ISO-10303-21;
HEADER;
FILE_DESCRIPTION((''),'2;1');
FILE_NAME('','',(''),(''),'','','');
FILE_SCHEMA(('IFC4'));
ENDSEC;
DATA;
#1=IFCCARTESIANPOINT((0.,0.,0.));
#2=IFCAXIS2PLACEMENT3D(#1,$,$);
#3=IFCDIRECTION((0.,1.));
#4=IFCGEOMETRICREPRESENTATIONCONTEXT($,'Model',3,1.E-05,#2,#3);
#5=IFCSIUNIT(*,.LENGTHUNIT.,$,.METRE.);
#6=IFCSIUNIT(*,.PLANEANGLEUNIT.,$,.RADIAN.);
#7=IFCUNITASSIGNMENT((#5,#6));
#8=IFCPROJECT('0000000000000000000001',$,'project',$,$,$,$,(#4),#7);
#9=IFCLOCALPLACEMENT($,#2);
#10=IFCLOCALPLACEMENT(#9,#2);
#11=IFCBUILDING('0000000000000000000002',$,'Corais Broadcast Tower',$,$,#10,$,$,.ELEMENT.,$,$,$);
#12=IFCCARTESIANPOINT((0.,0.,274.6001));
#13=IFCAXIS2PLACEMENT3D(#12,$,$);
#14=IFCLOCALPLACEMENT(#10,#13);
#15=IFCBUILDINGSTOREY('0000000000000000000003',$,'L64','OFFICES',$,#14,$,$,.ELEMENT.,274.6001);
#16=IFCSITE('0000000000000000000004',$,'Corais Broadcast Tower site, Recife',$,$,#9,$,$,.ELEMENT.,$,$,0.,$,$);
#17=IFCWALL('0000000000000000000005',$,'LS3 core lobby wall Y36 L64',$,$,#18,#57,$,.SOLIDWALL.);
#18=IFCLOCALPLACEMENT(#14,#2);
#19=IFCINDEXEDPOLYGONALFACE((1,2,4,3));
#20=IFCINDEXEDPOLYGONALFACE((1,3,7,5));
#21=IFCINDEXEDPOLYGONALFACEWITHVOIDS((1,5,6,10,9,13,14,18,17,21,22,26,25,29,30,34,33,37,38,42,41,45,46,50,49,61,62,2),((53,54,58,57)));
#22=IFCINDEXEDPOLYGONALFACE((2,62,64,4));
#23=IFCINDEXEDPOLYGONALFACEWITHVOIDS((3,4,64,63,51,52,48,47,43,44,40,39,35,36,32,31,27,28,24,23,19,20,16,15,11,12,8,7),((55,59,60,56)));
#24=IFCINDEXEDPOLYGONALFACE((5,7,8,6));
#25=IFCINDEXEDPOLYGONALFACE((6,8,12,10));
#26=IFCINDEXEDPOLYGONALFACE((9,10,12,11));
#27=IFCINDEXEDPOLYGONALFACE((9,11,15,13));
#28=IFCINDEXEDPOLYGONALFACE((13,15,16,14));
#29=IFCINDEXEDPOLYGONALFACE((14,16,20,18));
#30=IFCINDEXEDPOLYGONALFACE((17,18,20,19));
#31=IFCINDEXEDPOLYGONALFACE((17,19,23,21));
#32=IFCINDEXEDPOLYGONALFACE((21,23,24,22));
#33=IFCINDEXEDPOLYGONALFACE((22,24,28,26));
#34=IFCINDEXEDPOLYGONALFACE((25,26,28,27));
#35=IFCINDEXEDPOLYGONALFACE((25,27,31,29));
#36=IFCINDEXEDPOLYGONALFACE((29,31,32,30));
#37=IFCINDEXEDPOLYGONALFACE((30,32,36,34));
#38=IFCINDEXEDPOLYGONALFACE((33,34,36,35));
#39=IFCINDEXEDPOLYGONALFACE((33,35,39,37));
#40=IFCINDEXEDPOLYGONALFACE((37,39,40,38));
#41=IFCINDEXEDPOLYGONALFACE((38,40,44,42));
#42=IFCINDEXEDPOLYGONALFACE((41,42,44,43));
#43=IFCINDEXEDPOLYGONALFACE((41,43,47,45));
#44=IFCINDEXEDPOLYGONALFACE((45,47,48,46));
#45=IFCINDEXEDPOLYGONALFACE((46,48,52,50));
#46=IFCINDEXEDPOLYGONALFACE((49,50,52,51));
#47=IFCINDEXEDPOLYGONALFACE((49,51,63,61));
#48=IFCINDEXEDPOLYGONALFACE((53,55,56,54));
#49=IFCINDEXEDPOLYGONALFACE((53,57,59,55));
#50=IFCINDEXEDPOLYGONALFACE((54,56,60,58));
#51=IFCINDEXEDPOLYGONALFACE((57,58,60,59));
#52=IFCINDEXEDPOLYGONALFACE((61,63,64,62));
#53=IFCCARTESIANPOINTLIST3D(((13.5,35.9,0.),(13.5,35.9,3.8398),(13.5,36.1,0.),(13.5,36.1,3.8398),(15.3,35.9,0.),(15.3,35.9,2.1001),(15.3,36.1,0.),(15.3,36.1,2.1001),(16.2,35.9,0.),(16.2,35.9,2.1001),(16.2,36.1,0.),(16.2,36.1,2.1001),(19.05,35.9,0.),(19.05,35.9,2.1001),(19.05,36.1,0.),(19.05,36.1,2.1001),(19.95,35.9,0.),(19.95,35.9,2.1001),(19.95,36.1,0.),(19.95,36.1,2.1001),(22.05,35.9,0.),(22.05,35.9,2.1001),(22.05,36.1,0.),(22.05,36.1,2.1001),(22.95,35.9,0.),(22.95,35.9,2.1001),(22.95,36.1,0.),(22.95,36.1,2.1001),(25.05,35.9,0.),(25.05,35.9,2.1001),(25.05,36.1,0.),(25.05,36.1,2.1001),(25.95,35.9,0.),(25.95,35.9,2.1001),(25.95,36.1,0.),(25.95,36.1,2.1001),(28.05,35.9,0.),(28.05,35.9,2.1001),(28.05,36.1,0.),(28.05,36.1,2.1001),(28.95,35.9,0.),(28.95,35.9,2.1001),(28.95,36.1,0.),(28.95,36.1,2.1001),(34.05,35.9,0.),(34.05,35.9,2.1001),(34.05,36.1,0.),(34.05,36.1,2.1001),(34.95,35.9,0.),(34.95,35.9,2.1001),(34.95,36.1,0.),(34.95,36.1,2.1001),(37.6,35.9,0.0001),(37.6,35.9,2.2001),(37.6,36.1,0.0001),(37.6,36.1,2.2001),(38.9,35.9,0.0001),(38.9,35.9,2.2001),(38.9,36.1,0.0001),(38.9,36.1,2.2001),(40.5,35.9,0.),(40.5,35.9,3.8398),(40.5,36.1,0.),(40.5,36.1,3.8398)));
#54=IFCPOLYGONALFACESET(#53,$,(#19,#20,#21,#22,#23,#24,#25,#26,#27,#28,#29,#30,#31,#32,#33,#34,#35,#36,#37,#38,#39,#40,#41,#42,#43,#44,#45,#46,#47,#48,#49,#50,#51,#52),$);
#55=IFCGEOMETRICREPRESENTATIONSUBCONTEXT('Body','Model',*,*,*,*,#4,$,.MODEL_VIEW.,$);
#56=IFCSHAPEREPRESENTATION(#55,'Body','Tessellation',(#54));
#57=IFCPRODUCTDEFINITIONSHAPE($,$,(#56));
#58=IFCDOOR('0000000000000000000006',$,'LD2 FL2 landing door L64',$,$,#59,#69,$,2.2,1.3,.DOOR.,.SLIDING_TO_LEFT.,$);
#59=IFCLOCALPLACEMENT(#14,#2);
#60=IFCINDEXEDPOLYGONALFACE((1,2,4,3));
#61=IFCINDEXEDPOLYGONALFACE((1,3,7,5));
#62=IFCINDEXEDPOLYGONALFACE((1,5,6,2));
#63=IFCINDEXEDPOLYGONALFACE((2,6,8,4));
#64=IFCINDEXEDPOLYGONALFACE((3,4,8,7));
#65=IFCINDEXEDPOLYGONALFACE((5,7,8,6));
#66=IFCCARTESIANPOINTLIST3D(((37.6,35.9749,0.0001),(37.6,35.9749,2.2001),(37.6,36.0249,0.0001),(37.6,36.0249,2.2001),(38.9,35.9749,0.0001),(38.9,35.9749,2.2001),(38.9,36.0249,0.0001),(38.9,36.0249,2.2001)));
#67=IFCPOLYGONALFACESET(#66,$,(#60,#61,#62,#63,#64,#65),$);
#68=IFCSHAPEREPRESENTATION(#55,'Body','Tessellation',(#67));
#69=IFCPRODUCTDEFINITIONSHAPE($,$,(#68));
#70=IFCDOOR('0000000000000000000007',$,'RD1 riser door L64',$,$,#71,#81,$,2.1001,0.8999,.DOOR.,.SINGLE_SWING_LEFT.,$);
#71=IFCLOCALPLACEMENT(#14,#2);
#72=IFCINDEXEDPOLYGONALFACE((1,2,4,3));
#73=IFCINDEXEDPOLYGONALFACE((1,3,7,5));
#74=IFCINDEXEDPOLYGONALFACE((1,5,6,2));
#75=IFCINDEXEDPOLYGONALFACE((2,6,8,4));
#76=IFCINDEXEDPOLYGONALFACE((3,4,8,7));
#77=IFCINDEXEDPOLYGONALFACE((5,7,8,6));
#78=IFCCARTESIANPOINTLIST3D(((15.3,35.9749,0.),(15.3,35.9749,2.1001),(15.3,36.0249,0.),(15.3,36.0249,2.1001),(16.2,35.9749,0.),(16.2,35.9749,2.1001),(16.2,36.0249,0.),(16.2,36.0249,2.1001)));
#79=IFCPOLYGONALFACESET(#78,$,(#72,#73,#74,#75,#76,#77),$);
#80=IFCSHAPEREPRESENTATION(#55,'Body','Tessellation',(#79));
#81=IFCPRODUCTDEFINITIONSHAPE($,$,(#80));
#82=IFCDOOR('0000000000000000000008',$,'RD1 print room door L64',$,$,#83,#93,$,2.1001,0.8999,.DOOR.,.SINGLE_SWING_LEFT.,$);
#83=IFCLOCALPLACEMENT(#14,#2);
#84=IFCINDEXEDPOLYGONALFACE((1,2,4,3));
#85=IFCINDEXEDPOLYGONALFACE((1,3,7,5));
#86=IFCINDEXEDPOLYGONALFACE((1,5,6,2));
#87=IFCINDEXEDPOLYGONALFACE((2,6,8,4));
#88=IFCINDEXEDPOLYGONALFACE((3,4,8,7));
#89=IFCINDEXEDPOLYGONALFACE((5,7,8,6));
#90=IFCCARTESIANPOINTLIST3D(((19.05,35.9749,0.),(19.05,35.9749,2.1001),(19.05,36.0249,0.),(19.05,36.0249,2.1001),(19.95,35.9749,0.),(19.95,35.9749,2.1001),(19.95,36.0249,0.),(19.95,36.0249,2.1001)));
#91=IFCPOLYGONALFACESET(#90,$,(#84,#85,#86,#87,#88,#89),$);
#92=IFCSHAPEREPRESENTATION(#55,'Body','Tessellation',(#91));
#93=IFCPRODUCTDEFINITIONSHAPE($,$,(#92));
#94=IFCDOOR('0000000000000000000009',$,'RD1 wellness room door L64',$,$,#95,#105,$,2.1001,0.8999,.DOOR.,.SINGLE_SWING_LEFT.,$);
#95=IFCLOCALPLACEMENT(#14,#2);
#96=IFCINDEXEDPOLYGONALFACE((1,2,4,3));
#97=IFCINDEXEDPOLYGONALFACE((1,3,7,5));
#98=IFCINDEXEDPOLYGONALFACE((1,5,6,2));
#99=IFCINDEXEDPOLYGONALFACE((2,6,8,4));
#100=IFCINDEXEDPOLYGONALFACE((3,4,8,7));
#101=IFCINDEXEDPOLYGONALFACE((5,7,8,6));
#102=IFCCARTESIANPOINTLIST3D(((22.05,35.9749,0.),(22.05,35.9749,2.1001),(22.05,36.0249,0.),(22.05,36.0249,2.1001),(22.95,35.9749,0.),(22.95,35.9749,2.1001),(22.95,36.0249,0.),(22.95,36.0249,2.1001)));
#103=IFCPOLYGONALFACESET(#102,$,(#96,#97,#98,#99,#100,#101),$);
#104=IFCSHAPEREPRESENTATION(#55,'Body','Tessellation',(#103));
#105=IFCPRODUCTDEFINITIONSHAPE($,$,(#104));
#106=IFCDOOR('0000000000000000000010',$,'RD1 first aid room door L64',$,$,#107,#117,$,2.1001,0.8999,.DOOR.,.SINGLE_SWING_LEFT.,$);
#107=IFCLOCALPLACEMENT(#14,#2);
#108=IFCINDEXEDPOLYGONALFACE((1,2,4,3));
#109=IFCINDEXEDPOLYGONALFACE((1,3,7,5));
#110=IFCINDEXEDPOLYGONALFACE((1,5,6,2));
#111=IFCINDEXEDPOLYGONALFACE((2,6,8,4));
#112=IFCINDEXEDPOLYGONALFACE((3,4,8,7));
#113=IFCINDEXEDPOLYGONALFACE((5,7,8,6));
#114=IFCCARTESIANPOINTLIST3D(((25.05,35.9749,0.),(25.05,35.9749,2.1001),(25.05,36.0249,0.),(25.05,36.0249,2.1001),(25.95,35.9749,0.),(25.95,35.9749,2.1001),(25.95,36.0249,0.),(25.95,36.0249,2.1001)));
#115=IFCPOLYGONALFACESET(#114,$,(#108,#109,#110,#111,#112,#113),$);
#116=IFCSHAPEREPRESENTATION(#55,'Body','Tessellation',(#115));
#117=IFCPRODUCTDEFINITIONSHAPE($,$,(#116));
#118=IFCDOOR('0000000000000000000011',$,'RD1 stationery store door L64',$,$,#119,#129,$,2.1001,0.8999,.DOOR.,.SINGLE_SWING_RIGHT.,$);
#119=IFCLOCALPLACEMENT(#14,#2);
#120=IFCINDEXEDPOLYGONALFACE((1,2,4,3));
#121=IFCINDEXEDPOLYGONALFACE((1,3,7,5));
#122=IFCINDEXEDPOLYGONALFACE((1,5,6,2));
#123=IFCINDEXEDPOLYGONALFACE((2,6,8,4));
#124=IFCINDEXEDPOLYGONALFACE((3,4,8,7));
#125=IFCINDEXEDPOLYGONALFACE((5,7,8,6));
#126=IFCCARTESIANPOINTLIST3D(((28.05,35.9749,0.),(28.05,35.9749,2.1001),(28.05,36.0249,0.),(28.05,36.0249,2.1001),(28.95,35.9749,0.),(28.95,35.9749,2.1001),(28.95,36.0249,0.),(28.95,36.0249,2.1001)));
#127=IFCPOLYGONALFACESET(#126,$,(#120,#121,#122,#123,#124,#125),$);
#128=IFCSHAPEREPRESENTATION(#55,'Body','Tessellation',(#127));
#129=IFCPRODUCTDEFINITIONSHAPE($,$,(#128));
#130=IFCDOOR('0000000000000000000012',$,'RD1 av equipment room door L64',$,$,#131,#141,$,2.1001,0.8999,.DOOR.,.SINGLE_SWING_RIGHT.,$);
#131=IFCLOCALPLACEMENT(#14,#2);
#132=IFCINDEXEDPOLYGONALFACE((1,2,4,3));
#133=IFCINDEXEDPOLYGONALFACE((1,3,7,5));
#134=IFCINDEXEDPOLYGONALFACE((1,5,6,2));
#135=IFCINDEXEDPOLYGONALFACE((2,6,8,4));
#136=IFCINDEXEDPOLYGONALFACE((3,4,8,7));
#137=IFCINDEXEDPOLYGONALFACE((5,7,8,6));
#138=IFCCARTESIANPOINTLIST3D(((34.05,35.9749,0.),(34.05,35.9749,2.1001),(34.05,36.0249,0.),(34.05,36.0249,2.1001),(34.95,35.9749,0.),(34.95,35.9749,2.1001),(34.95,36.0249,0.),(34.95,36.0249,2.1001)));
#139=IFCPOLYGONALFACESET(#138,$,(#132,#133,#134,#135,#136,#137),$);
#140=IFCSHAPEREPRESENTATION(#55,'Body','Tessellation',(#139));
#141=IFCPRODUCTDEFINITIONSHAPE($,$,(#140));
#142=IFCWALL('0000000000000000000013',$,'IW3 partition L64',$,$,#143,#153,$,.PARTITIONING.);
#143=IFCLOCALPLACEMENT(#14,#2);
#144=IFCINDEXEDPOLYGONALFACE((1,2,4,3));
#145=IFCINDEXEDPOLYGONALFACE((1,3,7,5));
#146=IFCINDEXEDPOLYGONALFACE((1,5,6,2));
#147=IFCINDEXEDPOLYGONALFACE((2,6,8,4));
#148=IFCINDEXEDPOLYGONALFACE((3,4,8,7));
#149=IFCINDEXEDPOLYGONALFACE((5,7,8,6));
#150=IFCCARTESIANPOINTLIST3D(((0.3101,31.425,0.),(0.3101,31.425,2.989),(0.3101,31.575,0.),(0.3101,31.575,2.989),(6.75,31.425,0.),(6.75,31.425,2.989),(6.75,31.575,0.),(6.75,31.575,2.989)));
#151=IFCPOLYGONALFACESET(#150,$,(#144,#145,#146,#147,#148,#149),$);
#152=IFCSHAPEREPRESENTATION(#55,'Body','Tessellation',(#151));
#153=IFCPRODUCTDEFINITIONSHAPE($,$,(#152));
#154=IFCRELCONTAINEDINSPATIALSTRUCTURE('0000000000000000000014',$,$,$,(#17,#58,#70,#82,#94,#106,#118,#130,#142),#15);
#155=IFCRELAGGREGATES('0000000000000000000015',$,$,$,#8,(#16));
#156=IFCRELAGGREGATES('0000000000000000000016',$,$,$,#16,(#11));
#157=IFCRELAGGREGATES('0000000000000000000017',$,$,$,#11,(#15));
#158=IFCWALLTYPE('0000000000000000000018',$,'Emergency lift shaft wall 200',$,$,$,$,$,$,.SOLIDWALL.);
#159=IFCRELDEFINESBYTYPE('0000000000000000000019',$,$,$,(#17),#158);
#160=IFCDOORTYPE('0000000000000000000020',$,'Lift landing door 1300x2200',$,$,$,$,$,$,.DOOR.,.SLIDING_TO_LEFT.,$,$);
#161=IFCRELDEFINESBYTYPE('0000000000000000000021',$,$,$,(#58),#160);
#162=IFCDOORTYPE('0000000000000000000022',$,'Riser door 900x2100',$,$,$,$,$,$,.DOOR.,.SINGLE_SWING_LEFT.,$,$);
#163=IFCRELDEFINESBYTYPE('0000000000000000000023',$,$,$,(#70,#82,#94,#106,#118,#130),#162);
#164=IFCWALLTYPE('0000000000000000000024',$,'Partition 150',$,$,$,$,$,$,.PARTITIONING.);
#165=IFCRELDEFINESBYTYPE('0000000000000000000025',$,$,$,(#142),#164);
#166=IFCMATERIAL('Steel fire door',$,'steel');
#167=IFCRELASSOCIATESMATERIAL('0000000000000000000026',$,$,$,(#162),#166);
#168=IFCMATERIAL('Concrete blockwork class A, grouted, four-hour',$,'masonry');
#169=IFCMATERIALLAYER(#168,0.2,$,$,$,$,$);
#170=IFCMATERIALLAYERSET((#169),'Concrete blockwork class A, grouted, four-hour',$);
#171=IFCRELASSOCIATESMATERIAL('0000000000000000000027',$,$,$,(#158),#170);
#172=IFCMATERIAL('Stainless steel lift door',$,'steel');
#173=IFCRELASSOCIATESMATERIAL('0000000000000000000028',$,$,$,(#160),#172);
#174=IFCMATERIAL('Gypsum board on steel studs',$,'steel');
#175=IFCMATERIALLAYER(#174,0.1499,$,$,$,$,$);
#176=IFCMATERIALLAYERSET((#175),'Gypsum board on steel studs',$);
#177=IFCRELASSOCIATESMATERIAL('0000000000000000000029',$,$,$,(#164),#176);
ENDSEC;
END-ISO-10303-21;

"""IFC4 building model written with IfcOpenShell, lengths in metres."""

from ifc_helpers import new_model, si_unit, direction, frame, frame_2d, origin, place, context, subcontext, project, spatial, rectangle, extrude, material, layer, layer_set, type_object, element, fill, save


model = new_model("IFC4")

# Units and contexts
model_context = context("Model", 3, precision=1e-05, world=origin(), true_north=direction((0.0, 1.0)))
body_context = subcontext(model_context, "Body", "Model", "MODEL_VIEW")
ifc_project = project(units=[si_unit("LENGTHUNIT", "METRE"), si_unit("PLANEANGLEUNIT", "RADIAN")], contexts=[model_context])

# Site, building, storey
site_placement = place(None, origin())
site = spatial("IfcSite", under=ifc_project, at=site_placement, Name="Corais Broadcast Tower site, Recife", CompositionType="ELEMENT", RefElevation=0.0)
building_placement = place(site_placement, origin())
building = spatial("IfcBuilding", under=site, at=building_placement, Name="Corais Broadcast Tower", CompositionType="ELEMENT")
storey_placement = place(building_placement, frame((0.0, 0.0, 274.6001)))
storey = spatial("IfcBuildingStorey", under=building, at=storey_placement, Name="L64", Description="OFFICES", CompositionType="ELEMENT", Elevation=274.6001)

# Wall, openings, doors
ifc_material_1 = material(Name="Steel fire door", Category="steel")
door_type_1 = type_object("IfcDoorType", Name="Riser door 900x2100", OperationType="SINGLE_SWING_LEFT", PredefinedType="DOOR", material=ifc_material_1)
ifc_material_2 = material(Name="Concrete blockwork class A, grouted, four-hour", Category="masonry")
ifc_layer_1 = layer(ifc_material_2, 0.2)
ifc_layer_set_1 = layer_set([ifc_layer_1], Name="Concrete blockwork class A, grouted, four-hour")
wall_type_1 = type_object("IfcWallType", Name="Emergency lift shaft wall 200", PredefinedType="SOLIDWALL", material=ifc_layer_set_1)
wall_1_placement = place(storey_placement, frame((13.5, 36.0, 0.0), z_axis=(0.0, 0.0, 1.0), x_axis=(1.0, 0.0, 0.0)))
wall_1 = element("IfcWall", 1, at=wall_1_placement, inside=storey, type_object=wall_type_1, Name="LS3 core lobby wall Y36 L64", PredefinedType="SOLIDWALL", context=body_context, shape_type="SweptSolid", body=[
    extrude(rectangle(XDim=27.0, YDim=0.2, at=frame_2d((13.5, 0.0))), origin(), (0.0, 0.0, 1.0), 3.8398),
])
opening_1_placement = place(wall_1_placement, frame((1.8, 0.0, 0.0)))
opening_1 = element("IfcOpeningElement", 2, at=opening_1_placement, cuts=wall_1, PredefinedType="OPENING", context=body_context, shape_type="SweptSolid", body=[
    extrude(rectangle(XDim=0.8999, YDim=2.1001, at=frame_2d((0.45, 1.05))), frame((0.0, 0.1099, 0.0), z_axis=(0.0, -1.0, 0.0), x_axis=(1.0, 0.0, 0.0)), (0.0, 0.0, 1.0), 0.22),
])
opening_2_placement = place(wall_1_placement, frame((5.55, 0.0, 0.0)))
opening_2 = element("IfcOpeningElement", 3, at=opening_2_placement, cuts=wall_1, PredefinedType="OPENING", context=body_context, shape_type="SweptSolid", body=[
    extrude(rectangle(XDim=0.8999, YDim=2.1001, at=frame_2d((0.45, 1.05))), frame((0.0, 0.1099, 0.0), z_axis=(0.0, -1.0, 0.0), x_axis=(1.0, 0.0, 0.0)), (0.0, 0.0, 1.0), 0.22),
])
opening_3_placement = place(wall_1_placement, frame((8.55, 0.0, 0.0)))
opening_3 = element("IfcOpeningElement", 4, at=opening_3_placement, cuts=wall_1, PredefinedType="OPENING", context=body_context, shape_type="SweptSolid", body=[
    extrude(rectangle(XDim=0.8999, YDim=2.1001, at=frame_2d((0.45, 1.05))), frame((0.0, 0.1099, 0.0), z_axis=(0.0, -1.0, 0.0), x_axis=(1.0, 0.0, 0.0)), (0.0, 0.0, 1.0), 0.22),
])
opening_4_placement = place(wall_1_placement, frame((11.55, 0.0, 0.0)))
opening_4 = element("IfcOpeningElement", 5, at=opening_4_placement, cuts=wall_1, PredefinedType="OPENING", context=body_context, shape_type="SweptSolid", body=[
    extrude(rectangle(XDim=0.8999, YDim=2.1001, at=frame_2d((0.45, 1.05))), frame((0.0, 0.1099, 0.0), z_axis=(0.0, -1.0, 0.0), x_axis=(1.0, 0.0, 0.0)), (0.0, 0.0, 1.0), 0.22),
])
opening_5_placement = place(wall_1_placement, frame((14.55, 0.0, 0.0)))
opening_5 = element("IfcOpeningElement", 6, at=opening_5_placement, cuts=wall_1, PredefinedType="OPENING", context=body_context, shape_type="SweptSolid", body=[
    extrude(rectangle(XDim=0.8999, YDim=2.1001, at=frame_2d((0.45, 1.05))), frame((0.0, 0.1099, 0.0), z_axis=(0.0, -1.0, 0.0), x_axis=(1.0, 0.0, 0.0)), (0.0, 0.0, 1.0), 0.22),
])
opening_6_placement = place(wall_1_placement, frame((20.55, 0.0, 0.0)))
opening_6 = element("IfcOpeningElement", 7, at=opening_6_placement, cuts=wall_1, PredefinedType="OPENING", context=body_context, shape_type="SweptSolid", body=[
    extrude(rectangle(XDim=0.8999, YDim=2.1001, at=frame_2d((0.45, 1.05))), frame((0.0, 0.1099, 0.0), z_axis=(0.0, -1.0, 0.0), x_axis=(1.0, 0.0, 0.0)), (0.0, 0.0, 1.0), 0.22),
])
opening_7_placement = place(wall_1_placement, frame((24.1001, 0.0, 0.0)))
opening_7 = element("IfcOpeningElement", 8, at=opening_7_placement, cuts=wall_1, PredefinedType="OPENING", context=body_context, shape_type="SweptSolid", body=[
    extrude(rectangle(XDim=1.3, YDim=2.2, at=frame_2d((0.6499, 1.1001))), frame((0.0, 0.1099, 0.0), z_axis=(0.0, -1.0, 0.0), x_axis=(1.0, 0.0, 0.0)), (0.0, 0.0, 1.0), 0.22),
])
ifc_material_3 = material(Name="Stainless steel lift door", Category="steel")
door_type_2 = type_object("IfcDoorType", Name="Lift landing door 1300x2200", OperationType="SLIDING_TO_LEFT", PredefinedType="DOOR", material=ifc_material_3)
door_1_placement = place(opening_7_placement, origin())
door_1 = element("IfcDoor", 9, at=door_1_placement, inside=storey, type_object=door_type_2, Name="LD2 FL2 landing door L64", OperationType="SLIDING_TO_LEFT", OverallHeight=2.2, OverallWidth=1.3, PredefinedType="DOOR", context=body_context, shape_type="SweptSolid", body=[
    extrude(rectangle(XDim=1.3, YDim=2.2, at=frame_2d((0.6499, 1.1001))), frame((0.0, 0.0249, 0.0), z_axis=(0.0, -1.0, 0.0), x_axis=(1.0, 0.0, 0.0)), (0.0, 0.0, 1.0), 0.05),
])
fill(opening_7, door_1)
door_2_placement = place(opening_1_placement, origin())
door_2 = element("IfcDoor", 10, at=door_2_placement, inside=storey, type_object=door_type_1, Name="RD1 riser door L64", OperationType="SINGLE_SWING_LEFT", OverallHeight=2.1001, OverallWidth=0.8999, PredefinedType="DOOR", context=body_context, shape_type="SweptSolid", body=[
    extrude(rectangle(XDim=0.8999, YDim=2.1001, at=frame_2d((0.45, 1.05))), frame((0.0, 0.0249, 0.0), z_axis=(0.0, -1.0, 0.0), x_axis=(1.0, 0.0, 0.0)), (0.0, 0.0, 1.0), 0.05),
])
fill(opening_1, door_2)
door_3_placement = place(opening_2_placement, origin())
door_3 = element("IfcDoor", 11, at=door_3_placement, inside=storey, type_object=door_type_1, Name="RD1 print room door L64", OperationType="SINGLE_SWING_LEFT", OverallHeight=2.1001, OverallWidth=0.8999, PredefinedType="DOOR", context=body_context, shape_type="SweptSolid", body=[
    extrude(rectangle(XDim=0.8999, YDim=2.1001, at=frame_2d((0.45, 1.05))), frame((0.0, 0.0249, 0.0), z_axis=(0.0, -1.0, 0.0), x_axis=(1.0, 0.0, 0.0)), (0.0, 0.0, 1.0), 0.05),
])
fill(opening_2, door_3)
door_4_placement = place(opening_3_placement, origin())
door_4 = element("IfcDoor", 12, at=door_4_placement, inside=storey, type_object=door_type_1, Name="RD1 wellness room door L64", OperationType="SINGLE_SWING_LEFT", OverallHeight=2.1001, OverallWidth=0.8999, PredefinedType="DOOR", context=body_context, shape_type="SweptSolid", body=[
    extrude(rectangle(XDim=0.8999, YDim=2.1001, at=frame_2d((0.45, 1.05))), frame((0.0, 0.0249, 0.0), z_axis=(0.0, -1.0, 0.0), x_axis=(1.0, 0.0, 0.0)), (0.0, 0.0, 1.0), 0.05),
])
fill(opening_3, door_4)
door_5_placement = place(opening_4_placement, origin())
door_5 = element("IfcDoor", 13, at=door_5_placement, inside=storey, type_object=door_type_1, Name="RD1 first aid room door L64", OperationType="SINGLE_SWING_LEFT", OverallHeight=2.1001, OverallWidth=0.8999, PredefinedType="DOOR", context=body_context, shape_type="SweptSolid", body=[
    extrude(rectangle(XDim=0.8999, YDim=2.1001, at=frame_2d((0.45, 1.05))), frame((0.0, 0.0249, 0.0), z_axis=(0.0, -1.0, 0.0), x_axis=(1.0, 0.0, 0.0)), (0.0, 0.0, 1.0), 0.05),
])
fill(opening_4, door_5)
door_6_placement = place(opening_5_placement, origin())
door_6 = element("IfcDoor", 14, at=door_6_placement, inside=storey, type_object=door_type_1, Name="RD1 stationery store door L64", OperationType="SINGLE_SWING_RIGHT", OverallHeight=2.1001, OverallWidth=0.8999, PredefinedType="DOOR", context=body_context, shape_type="SweptSolid", body=[
    extrude(rectangle(XDim=0.8999, YDim=2.1001, at=frame_2d((0.45, 1.05))), frame((0.0, 0.0249, 0.0), z_axis=(0.0, -1.0, 0.0), x_axis=(1.0, 0.0, 0.0)), (0.0, 0.0, 1.0), 0.05),
])
fill(opening_5, door_6)
door_7_placement = place(opening_6_placement, origin())
door_7 = element("IfcDoor", 15, at=door_7_placement, inside=storey, type_object=door_type_1, Name="RD1 av equipment room door L64", OperationType="SINGLE_SWING_RIGHT", OverallHeight=2.1001, OverallWidth=0.8999, PredefinedType="DOOR", context=body_context, shape_type="SweptSolid", body=[
    extrude(rectangle(XDim=0.8999, YDim=2.1001, at=frame_2d((0.45, 1.05))), frame((0.0, 0.0249, 0.0), z_axis=(0.0, -1.0, 0.0), x_axis=(1.0, 0.0, 0.0)), (0.0, 0.0, 1.0), 0.05),
])
fill(opening_6, door_7)

# Wall
ifc_material_4 = material(Name="Gypsum board on steel studs", Category="steel")
ifc_layer_2 = layer(ifc_material_4, 0.1499)
ifc_layer_set_2 = layer_set([ifc_layer_2], Name="Gypsum board on steel studs")
wall_type_2 = type_object("IfcWallType", Name="Partition 150", PredefinedType="PARTITIONING", material=ifc_layer_set_2)
wall_2_placement = place(storey_placement, frame((6.75, 31.5, 0.0), z_axis=(0.0, 0.0, 1.0), x_axis=(-1.0, 0.0, 0.0)))
element("IfcWall", 16, at=wall_2_placement, inside=storey, type_object=wall_type_2, Name="IW3 partition L64", PredefinedType="PARTITIONING", context=body_context, shape_type="SweptSolid", body=[
    extrude(rectangle(XDim=6.4399, YDim=0.1499, at=frame_2d((3.22, 0.0))), origin(), (0.0, 0.0, 1.0), 2.989),
])

save(model, "model.ifc")
